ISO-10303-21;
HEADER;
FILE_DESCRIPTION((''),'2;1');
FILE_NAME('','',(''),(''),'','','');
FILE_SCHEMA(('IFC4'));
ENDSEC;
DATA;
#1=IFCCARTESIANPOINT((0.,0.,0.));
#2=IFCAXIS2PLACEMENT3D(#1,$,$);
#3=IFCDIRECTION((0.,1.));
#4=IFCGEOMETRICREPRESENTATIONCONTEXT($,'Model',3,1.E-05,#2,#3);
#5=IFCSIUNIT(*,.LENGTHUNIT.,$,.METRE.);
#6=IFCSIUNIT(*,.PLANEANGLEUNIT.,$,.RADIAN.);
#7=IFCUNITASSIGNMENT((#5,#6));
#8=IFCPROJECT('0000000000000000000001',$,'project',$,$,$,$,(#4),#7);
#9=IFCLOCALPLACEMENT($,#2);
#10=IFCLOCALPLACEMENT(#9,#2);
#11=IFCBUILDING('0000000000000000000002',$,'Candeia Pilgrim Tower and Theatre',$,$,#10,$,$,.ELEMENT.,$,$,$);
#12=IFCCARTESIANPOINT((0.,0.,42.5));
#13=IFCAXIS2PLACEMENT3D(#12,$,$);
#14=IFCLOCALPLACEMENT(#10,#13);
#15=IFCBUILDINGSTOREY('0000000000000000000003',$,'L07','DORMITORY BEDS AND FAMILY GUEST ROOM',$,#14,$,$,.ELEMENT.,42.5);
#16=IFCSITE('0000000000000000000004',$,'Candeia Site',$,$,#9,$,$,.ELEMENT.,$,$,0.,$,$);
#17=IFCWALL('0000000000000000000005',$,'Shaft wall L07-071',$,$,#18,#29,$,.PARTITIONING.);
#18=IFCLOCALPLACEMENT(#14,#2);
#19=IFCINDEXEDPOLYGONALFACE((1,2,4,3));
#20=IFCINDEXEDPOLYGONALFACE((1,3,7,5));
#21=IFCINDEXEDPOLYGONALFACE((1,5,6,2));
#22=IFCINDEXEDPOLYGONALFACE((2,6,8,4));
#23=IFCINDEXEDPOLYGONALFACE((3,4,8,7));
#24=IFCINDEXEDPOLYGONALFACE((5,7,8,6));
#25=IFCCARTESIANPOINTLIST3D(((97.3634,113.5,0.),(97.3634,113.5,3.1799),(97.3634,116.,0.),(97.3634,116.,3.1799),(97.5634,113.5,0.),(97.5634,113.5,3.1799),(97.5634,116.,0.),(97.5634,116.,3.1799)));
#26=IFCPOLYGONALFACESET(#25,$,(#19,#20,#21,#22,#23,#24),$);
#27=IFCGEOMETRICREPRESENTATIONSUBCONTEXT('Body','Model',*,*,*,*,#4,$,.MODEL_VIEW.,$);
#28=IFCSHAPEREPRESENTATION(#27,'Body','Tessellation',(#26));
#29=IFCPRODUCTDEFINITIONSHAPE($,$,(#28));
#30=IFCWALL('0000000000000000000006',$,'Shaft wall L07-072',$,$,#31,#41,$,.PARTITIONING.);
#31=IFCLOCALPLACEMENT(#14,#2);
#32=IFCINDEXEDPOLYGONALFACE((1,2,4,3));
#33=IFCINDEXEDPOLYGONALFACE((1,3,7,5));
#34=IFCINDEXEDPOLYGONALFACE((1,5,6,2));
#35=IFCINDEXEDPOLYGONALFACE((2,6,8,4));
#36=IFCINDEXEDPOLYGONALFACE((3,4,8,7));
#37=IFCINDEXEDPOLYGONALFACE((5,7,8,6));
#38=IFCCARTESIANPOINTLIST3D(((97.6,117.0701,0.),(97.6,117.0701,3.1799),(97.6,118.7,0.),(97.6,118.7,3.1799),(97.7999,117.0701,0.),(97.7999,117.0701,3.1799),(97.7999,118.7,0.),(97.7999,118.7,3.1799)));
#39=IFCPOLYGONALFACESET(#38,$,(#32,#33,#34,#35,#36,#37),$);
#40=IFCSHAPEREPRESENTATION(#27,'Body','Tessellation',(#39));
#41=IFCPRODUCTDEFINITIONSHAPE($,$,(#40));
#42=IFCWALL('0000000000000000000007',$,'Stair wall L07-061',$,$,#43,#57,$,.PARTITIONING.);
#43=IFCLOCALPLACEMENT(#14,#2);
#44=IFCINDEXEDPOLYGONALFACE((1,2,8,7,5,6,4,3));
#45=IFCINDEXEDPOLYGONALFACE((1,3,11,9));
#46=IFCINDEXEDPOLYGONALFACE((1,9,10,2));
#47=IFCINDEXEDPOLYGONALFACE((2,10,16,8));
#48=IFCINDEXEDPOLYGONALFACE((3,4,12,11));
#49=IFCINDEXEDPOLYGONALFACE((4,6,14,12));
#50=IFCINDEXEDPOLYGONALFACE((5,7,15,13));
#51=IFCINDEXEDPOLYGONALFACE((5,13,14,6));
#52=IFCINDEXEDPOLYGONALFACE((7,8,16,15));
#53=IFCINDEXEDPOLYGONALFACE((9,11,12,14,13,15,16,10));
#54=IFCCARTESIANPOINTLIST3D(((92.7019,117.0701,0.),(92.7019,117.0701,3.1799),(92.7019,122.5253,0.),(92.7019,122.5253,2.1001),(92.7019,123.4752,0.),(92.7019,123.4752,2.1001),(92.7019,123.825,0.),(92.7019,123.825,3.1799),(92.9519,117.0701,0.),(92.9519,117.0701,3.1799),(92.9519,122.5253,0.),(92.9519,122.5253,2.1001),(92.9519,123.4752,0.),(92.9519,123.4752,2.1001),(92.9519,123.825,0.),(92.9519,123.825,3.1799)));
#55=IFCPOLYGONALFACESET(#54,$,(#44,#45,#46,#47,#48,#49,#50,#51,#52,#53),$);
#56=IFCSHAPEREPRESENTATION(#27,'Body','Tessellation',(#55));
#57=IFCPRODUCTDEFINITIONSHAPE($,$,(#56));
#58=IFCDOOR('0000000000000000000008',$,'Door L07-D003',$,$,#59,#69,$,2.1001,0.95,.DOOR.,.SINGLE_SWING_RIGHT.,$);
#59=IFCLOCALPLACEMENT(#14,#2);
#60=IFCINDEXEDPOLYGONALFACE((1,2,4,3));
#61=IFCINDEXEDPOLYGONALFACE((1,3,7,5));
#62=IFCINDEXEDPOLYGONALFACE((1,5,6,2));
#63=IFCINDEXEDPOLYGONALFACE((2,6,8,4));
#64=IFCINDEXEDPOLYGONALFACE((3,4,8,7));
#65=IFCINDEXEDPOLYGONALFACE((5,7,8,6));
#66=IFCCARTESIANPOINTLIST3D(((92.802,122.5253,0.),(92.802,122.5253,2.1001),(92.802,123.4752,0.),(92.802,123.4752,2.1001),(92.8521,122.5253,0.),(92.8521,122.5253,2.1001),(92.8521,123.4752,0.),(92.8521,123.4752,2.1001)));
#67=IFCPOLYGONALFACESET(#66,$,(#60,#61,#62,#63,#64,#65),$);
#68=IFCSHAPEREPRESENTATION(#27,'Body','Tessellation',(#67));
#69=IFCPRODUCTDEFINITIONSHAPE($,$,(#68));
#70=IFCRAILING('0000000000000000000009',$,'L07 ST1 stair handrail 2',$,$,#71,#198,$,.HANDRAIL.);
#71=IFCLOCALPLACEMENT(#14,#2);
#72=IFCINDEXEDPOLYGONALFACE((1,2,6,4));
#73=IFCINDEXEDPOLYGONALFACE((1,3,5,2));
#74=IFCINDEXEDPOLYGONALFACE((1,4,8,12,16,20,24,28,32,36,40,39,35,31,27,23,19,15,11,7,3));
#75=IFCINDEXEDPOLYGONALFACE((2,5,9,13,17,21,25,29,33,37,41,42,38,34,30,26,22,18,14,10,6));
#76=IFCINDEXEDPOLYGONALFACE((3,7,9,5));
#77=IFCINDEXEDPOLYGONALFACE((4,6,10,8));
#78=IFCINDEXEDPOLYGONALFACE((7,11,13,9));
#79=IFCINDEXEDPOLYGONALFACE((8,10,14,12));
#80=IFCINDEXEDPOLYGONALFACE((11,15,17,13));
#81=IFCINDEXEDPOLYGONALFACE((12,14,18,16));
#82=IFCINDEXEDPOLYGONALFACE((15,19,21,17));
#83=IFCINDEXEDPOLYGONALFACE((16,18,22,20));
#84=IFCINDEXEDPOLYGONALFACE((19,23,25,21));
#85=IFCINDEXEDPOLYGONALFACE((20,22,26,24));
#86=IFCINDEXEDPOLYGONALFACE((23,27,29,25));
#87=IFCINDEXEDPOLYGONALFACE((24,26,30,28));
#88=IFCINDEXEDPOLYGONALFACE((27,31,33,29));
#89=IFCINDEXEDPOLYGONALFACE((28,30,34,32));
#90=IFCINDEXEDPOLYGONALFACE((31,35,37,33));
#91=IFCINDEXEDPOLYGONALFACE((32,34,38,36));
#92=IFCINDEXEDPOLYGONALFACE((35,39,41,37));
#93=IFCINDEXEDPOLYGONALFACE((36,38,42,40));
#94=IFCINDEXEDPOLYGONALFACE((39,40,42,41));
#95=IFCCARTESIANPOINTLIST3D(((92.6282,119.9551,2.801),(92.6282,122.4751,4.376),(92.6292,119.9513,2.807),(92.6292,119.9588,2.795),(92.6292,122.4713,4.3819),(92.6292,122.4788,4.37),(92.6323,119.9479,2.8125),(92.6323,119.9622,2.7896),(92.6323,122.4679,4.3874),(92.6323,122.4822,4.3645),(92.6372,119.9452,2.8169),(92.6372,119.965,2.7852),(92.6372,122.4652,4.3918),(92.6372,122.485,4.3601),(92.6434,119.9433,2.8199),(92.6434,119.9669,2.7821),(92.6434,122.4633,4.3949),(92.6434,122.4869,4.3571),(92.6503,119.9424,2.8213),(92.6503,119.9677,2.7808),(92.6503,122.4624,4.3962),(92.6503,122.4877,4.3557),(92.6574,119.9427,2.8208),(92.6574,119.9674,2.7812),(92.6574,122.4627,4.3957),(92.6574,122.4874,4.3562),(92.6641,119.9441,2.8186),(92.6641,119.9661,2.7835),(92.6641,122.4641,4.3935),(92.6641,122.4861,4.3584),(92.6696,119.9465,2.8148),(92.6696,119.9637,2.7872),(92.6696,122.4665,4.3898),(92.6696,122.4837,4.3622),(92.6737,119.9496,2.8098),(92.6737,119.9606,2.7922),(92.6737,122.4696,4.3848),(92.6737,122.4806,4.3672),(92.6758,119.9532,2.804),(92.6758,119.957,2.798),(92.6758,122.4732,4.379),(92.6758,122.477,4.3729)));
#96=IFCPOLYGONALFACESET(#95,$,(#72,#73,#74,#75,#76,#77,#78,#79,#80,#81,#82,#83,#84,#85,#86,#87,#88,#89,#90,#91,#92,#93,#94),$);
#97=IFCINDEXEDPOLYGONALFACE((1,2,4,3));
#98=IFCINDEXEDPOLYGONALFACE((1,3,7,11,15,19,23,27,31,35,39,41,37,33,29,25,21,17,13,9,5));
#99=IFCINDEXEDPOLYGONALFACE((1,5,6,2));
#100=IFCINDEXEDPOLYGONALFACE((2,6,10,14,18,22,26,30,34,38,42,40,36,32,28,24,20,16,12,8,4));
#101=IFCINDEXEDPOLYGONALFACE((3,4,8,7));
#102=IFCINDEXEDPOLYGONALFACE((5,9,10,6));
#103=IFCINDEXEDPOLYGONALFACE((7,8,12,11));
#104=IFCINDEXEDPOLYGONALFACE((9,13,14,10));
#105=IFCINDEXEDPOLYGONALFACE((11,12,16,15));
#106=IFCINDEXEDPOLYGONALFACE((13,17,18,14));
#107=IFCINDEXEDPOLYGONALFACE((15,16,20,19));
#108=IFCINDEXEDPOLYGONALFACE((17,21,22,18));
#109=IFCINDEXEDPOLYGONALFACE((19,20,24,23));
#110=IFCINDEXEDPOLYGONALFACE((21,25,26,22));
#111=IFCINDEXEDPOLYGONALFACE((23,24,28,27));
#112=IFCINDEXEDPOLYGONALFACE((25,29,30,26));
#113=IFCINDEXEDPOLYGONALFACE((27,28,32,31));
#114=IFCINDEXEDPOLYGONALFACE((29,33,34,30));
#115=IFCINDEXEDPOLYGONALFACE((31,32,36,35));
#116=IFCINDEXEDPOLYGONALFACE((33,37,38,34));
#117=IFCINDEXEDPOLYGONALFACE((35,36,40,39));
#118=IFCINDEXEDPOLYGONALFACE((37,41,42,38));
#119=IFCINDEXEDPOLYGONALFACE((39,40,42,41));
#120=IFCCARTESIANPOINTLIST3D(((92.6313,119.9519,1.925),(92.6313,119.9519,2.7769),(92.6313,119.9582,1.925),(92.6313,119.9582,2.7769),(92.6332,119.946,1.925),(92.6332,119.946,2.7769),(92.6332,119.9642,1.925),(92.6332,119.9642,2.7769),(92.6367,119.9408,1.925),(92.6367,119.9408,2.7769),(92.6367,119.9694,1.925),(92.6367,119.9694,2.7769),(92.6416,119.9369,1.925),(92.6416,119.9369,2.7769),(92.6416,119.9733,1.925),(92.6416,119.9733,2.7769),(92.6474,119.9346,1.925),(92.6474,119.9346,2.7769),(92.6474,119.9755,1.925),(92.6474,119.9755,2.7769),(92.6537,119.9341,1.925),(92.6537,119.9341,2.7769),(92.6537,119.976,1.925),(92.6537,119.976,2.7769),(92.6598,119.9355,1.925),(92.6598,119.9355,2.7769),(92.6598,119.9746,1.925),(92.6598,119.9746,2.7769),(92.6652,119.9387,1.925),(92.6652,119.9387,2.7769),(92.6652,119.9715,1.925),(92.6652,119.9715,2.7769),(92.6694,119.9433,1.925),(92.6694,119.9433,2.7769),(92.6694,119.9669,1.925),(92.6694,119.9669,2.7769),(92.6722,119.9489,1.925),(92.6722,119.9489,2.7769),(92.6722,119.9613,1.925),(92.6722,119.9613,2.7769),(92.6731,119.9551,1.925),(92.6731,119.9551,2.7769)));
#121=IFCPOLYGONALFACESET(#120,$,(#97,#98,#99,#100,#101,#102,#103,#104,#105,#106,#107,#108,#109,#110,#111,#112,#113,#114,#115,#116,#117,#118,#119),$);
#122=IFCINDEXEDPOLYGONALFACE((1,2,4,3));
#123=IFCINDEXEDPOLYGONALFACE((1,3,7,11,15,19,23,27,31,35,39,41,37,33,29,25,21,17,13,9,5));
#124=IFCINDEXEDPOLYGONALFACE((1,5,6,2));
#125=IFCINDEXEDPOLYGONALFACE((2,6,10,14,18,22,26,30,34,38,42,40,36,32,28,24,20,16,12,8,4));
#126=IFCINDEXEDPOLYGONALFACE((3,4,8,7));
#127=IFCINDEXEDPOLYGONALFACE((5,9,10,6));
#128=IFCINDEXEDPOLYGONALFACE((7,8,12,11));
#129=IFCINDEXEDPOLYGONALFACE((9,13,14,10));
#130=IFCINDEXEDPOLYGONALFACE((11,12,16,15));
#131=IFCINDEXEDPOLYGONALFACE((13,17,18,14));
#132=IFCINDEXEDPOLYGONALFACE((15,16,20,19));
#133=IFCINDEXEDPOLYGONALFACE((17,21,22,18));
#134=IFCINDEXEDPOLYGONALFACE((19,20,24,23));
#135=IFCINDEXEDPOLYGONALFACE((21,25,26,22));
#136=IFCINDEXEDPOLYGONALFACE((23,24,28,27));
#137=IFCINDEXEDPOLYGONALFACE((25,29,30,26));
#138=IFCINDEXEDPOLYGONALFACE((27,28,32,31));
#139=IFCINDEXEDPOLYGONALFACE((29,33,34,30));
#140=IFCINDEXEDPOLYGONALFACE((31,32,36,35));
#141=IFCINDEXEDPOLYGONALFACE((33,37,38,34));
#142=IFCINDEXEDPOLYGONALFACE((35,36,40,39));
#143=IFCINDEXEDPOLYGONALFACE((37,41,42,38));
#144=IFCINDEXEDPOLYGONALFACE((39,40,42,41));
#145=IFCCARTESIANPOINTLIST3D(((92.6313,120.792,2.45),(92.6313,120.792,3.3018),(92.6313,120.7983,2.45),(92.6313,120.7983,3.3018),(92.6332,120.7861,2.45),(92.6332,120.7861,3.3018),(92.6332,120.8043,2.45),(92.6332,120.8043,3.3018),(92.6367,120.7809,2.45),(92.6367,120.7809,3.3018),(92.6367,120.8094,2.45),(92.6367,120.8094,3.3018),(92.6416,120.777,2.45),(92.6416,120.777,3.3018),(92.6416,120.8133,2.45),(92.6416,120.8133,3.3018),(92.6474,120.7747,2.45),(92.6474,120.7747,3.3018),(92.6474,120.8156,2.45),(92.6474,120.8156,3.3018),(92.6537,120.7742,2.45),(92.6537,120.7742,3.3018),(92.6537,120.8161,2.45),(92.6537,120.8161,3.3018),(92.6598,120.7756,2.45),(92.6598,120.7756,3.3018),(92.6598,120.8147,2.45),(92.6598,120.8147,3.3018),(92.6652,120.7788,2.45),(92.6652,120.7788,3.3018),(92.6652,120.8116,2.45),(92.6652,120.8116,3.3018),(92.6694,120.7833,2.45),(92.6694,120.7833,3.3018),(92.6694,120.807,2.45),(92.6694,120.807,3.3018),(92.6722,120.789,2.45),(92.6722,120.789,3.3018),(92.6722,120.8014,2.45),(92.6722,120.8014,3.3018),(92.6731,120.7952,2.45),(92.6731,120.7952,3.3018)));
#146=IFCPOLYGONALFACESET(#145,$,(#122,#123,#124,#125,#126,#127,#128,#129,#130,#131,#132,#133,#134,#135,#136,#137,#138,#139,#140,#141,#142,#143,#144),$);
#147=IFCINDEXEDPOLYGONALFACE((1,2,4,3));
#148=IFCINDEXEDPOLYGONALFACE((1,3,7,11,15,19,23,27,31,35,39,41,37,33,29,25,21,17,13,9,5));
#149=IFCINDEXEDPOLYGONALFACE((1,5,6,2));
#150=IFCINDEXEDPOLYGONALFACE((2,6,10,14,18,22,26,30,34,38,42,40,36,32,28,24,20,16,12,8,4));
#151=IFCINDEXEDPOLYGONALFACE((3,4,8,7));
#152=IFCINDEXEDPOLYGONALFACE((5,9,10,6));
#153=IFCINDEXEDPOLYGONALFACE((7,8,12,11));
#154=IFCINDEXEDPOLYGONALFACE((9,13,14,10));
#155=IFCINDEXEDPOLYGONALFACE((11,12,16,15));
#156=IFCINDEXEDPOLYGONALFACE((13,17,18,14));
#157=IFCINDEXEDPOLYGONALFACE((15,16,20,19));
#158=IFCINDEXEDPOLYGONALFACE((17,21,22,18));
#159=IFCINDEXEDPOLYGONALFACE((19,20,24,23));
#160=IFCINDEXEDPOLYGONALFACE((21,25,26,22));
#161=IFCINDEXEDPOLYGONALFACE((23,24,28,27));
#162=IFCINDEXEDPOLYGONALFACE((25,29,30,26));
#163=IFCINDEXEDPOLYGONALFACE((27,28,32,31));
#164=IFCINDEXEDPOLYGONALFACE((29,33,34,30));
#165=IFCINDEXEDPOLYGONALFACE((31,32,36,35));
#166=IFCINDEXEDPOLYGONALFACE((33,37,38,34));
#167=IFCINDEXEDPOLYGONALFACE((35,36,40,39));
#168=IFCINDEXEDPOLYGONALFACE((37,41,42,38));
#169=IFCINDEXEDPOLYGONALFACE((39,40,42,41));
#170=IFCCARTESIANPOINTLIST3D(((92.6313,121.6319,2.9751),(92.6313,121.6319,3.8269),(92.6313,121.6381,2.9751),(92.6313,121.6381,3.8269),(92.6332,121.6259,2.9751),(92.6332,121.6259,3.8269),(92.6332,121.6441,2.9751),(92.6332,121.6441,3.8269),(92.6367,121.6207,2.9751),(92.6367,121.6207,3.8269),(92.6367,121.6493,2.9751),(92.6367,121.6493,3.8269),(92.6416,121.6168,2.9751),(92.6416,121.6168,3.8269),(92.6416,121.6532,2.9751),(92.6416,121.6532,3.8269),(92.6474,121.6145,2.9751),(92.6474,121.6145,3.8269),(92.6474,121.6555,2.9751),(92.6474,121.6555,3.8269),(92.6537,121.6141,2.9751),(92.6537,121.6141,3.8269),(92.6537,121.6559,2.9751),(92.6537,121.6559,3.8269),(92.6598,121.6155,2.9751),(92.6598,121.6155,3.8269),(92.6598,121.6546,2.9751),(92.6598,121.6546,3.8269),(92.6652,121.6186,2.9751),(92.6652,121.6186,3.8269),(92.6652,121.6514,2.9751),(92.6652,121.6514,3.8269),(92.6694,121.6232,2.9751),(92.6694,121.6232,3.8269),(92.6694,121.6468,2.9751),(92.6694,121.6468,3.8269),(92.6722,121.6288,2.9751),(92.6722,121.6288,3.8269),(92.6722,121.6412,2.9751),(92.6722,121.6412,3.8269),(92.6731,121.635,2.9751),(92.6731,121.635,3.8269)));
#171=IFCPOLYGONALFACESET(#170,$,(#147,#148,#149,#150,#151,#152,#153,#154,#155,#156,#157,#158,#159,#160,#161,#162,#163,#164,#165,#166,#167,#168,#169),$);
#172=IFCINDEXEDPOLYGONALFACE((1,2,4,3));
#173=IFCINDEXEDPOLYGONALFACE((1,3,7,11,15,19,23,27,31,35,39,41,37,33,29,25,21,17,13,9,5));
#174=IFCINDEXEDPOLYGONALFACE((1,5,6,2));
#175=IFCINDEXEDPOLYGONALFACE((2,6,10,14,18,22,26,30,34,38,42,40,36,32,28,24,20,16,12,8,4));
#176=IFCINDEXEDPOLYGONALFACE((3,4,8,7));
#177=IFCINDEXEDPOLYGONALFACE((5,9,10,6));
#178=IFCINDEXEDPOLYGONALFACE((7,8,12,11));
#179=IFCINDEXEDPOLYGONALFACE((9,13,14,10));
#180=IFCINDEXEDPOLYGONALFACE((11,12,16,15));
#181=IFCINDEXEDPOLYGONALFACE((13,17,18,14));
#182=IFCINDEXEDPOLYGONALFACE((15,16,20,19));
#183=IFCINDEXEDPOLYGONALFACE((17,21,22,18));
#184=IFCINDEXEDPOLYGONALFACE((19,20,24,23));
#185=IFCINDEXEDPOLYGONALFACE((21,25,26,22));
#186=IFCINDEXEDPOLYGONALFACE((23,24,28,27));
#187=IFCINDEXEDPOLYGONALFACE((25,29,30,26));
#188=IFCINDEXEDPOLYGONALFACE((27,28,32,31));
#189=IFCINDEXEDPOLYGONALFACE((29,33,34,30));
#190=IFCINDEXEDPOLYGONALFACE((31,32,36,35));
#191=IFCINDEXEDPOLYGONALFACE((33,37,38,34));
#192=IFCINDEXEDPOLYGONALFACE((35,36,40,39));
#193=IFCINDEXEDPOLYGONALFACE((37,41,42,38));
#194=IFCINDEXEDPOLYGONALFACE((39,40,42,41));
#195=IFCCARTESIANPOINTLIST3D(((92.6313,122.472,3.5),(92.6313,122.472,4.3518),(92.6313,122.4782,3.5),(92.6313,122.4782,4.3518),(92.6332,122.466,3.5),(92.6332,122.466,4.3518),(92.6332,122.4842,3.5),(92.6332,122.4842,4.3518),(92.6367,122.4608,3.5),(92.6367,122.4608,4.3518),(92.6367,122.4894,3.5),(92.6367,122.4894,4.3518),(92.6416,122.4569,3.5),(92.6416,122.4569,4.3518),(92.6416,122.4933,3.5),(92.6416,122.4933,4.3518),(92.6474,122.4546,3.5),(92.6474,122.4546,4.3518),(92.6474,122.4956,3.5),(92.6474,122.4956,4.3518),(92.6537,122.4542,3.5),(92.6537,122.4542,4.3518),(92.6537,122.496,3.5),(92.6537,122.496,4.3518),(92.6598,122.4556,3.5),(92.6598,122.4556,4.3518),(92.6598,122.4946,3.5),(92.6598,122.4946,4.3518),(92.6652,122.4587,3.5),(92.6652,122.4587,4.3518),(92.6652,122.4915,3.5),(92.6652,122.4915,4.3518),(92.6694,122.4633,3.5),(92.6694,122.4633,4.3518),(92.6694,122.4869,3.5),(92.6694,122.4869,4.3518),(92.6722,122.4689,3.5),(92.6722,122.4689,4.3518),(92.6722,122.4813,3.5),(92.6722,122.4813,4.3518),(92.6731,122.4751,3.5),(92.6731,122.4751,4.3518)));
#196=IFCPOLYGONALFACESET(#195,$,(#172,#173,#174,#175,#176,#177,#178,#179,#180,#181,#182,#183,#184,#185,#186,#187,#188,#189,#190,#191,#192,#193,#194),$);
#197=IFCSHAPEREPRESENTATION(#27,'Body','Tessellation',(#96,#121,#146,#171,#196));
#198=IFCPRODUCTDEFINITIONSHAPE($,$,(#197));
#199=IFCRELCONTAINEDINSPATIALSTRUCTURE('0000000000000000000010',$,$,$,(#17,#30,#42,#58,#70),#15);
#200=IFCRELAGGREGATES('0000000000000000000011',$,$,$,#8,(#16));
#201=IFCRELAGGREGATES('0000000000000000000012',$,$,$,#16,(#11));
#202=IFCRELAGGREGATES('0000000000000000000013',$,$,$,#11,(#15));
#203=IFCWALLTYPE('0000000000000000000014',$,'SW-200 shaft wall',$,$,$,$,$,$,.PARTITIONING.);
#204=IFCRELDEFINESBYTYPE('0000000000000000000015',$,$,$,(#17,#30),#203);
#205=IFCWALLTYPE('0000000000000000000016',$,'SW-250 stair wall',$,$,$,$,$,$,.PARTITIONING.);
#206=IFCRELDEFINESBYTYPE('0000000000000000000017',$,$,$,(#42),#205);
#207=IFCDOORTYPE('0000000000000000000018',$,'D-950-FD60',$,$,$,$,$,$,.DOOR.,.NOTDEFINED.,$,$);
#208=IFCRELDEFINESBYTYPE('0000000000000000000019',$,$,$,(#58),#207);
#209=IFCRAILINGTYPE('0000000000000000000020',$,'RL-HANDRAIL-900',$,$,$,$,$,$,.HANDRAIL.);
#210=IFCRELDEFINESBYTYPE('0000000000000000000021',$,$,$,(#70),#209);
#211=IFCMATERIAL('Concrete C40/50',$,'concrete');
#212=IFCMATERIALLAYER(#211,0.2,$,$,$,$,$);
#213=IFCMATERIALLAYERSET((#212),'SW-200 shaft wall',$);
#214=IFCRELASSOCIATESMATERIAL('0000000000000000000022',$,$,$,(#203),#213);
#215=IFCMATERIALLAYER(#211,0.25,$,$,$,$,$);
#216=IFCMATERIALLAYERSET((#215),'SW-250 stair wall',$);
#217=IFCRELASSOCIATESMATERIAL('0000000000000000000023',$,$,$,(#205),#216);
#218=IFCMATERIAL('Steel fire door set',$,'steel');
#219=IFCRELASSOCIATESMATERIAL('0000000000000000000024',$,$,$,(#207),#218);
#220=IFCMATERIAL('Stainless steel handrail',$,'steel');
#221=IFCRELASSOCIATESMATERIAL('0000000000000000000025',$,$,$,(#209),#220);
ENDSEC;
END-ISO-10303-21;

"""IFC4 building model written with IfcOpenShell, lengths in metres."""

from ifc_helpers import new_model, si_unit, direction, frame, frame_2d, origin, origin_2d, place, context, subcontext, project, spatial, rectangle, circle, extrude, material, layer, layer_set, type_object, element, fill, save


model = new_model("IFC4")

# Units and contexts
model_context = context("Model", 3, precision=1e-05, world=origin(), true_north=direction((0.0, 1.0)))
body_context = subcontext(model_context, "Body", "Model", "MODEL_VIEW")
ifc_project = project(units=[si_unit("LENGTHUNIT", "METRE"), si_unit("PLANEANGLEUNIT", "RADIAN")], contexts=[model_context])

# Site, building, storey
site_placement = place(None, origin())
site = spatial("IfcSite", under=ifc_project, at=site_placement, Name="Candeia Site", CompositionType="ELEMENT", RefElevation=0.0)
building_placement = place(site_placement, origin())
building = spatial("IfcBuilding", under=site, at=building_placement, Name="Candeia Pilgrim Tower and Theatre", CompositionType="ELEMENT")
storey_placement = place(building_placement, frame((0.0, 0.0, 42.5)))
storey = spatial("IfcBuildingStorey", under=building, at=storey_placement, Name="L07", Description="DORMITORY BEDS AND FAMILY GUEST ROOM", CompositionType="ELEMENT", Elevation=42.5)

# Shared definitions
ifc_material_1 = material(Name="Steel fire door set", Category="steel")

# Shared definitions
ifc_material_2 = material(Name="Concrete C40/50", Category="concrete")
ifc_layer_1 = layer(ifc_material_2, 0.2)
ifc_layer_set_1 = layer_set([ifc_layer_1], Name="SW-200 shaft wall")
wall_type_1 = type_object("IfcWallType", Name="SW-200 shaft wall", PredefinedType="PARTITIONING", material=ifc_layer_set_1)

# Walls
wall_1_placement = place(storey_placement, frame((97.4634, 113.5, 0.0), z_axis=(0.0, 0.0, 1.0), x_axis=(0.0, 1.0, 0.0)))
element("IfcWall", 1, at=wall_1_placement, inside=storey, type_object=wall_type_1, Name="Shaft wall L07-071", PredefinedType="PARTITIONING", context=body_context, shape_type="SweptSolid", body=[
    extrude(rectangle(XDim=2.5, YDim=0.2, at=frame_2d((1.25, 0.0))), origin(), (0.0, 0.0, 1.0), 3.1799),
])
wall_2_placement = place(storey_placement, frame((97.7, 117.0701, 0.0), z_axis=(0.0, 0.0, 1.0), x_axis=(0.0, 1.0, 0.0)))
element("IfcWall", 2, at=wall_2_placement, inside=storey, type_object=wall_type_1, Name="Shaft wall L07-072", PredefinedType="PARTITIONING", context=body_context, shape_type="SweptSolid", body=[
    extrude(rectangle(XDim=1.6299, YDim=0.2, at=frame_2d((0.8149, 0.0))), origin(), (0.0, 0.0, 1.0), 3.1799),
])

# Wall, opening, door
ifc_layer_2 = layer(ifc_material_2, 0.25)
ifc_layer_set_2 = layer_set([ifc_layer_2], Name="SW-250 stair wall")
wall_type_2 = type_object("IfcWallType", Name="SW-250 stair wall", PredefinedType="PARTITIONING", material=ifc_layer_set_2)
wall_3_placement = place(storey_placement, frame((92.8269, 117.0701, 0.0), z_axis=(0.0, 0.0, 1.0), x_axis=(0.0, 1.0, 0.0)))
wall_3 = element("IfcWall", 3, at=wall_3_placement, inside=storey, type_object=wall_type_2, Name="Stair wall L07-061", PredefinedType="PARTITIONING", context=body_context, shape_type="SweptSolid", body=[
    extrude(rectangle(XDim=6.7549, YDim=0.25, at=frame_2d((3.3774, 0.0))), origin(), (0.0, 0.0, 1.0), 3.1799),
])
opening_1_placement = place(wall_3_placement, frame((5.4551, 0.0, 0.0)))
opening_1 = element("IfcOpeningElement", 4, at=opening_1_placement, cuts=wall_3, PredefinedType="OPENING", context=body_context, shape_type="SweptSolid", body=[
    extrude(rectangle(XDim=0.95, YDim=2.1001, at=frame_2d((0.4751, 1.05))), frame((0.0, 0.135, 0.0), z_axis=(0.0, -1.0, 0.0), x_axis=(1.0, 0.0, 0.0)), (0.0, 0.0, 1.0), 0.27),
])
door_type_1 = type_object("IfcDoorType", Name="D-950-FD60", OperationType="NOTDEFINED", PredefinedType="DOOR", material=ifc_material_1)
door_1_placement = place(opening_1_placement, origin())
door_1 = element("IfcDoor", 5, at=door_1_placement, inside=storey, type_object=door_type_1, Name="Door L07-D003", OperationType="SINGLE_SWING_RIGHT", OverallHeight=2.1001, OverallWidth=0.95, PredefinedType="DOOR", context=body_context, shape_type="SweptSolid", body=[
    extrude(rectangle(XDim=0.95, YDim=2.1001, at=frame_2d((0.4751, 1.05))), frame((0.0, 0.0249, 0.0), z_axis=(0.0, -1.0, 0.0), x_axis=(1.0, 0.0, 0.0)), (0.0, 0.0, 1.0), 0.05),
])
fill(opening_1, door_1)

# Railing
ifc_material_3 = material(Name="Stainless steel handrail", Category="steel")
railing_type = type_object("IfcRailingType", Name="RL-HANDRAIL-900", PredefinedType="HANDRAIL", material=ifc_material_3)
railing_placement = place(storey_placement, frame((92.6521, 119.9551, 1.925)))
element("IfcRailing", 6, at=railing_placement, inside=storey, type_object=railing_type, Name="L07 ST1 stair handrail 2", PredefinedType="HANDRAIL", context=body_context, shape_type="SweptSolid", body=[
    extrude(circle(Radius=0.0239, at=origin_2d()), frame((0.0, 0.0, 0.876), z_axis=(0.0, 0.848008, 0.529984), x_axis=(-1.0, 0.0, 0.0)), (0.0, 0.0, 1.0), 2.9717),
    extrude(circle(Radius=0.021, at=origin_2d()), origin(), (0.0, 0.0, 1.0), 0.8518),
    extrude(circle(Radius=0.021, at=origin_2d()), frame((0.0, 0.8401, 0.5249)), (0.0, 0.0, 1.0), 0.8518),
    extrude(circle(Radius=0.021, at=origin_2d()), frame((0.0, 1.6799, 1.05)), (0.0, 0.0, 1.0), 0.8518),
    extrude(circle(Radius=0.021, at=origin_2d()), frame((0.0, 2.52, 1.575)), (0.0, 0.0, 1.0), 0.8518),
])

save(model, "model.ifc")
